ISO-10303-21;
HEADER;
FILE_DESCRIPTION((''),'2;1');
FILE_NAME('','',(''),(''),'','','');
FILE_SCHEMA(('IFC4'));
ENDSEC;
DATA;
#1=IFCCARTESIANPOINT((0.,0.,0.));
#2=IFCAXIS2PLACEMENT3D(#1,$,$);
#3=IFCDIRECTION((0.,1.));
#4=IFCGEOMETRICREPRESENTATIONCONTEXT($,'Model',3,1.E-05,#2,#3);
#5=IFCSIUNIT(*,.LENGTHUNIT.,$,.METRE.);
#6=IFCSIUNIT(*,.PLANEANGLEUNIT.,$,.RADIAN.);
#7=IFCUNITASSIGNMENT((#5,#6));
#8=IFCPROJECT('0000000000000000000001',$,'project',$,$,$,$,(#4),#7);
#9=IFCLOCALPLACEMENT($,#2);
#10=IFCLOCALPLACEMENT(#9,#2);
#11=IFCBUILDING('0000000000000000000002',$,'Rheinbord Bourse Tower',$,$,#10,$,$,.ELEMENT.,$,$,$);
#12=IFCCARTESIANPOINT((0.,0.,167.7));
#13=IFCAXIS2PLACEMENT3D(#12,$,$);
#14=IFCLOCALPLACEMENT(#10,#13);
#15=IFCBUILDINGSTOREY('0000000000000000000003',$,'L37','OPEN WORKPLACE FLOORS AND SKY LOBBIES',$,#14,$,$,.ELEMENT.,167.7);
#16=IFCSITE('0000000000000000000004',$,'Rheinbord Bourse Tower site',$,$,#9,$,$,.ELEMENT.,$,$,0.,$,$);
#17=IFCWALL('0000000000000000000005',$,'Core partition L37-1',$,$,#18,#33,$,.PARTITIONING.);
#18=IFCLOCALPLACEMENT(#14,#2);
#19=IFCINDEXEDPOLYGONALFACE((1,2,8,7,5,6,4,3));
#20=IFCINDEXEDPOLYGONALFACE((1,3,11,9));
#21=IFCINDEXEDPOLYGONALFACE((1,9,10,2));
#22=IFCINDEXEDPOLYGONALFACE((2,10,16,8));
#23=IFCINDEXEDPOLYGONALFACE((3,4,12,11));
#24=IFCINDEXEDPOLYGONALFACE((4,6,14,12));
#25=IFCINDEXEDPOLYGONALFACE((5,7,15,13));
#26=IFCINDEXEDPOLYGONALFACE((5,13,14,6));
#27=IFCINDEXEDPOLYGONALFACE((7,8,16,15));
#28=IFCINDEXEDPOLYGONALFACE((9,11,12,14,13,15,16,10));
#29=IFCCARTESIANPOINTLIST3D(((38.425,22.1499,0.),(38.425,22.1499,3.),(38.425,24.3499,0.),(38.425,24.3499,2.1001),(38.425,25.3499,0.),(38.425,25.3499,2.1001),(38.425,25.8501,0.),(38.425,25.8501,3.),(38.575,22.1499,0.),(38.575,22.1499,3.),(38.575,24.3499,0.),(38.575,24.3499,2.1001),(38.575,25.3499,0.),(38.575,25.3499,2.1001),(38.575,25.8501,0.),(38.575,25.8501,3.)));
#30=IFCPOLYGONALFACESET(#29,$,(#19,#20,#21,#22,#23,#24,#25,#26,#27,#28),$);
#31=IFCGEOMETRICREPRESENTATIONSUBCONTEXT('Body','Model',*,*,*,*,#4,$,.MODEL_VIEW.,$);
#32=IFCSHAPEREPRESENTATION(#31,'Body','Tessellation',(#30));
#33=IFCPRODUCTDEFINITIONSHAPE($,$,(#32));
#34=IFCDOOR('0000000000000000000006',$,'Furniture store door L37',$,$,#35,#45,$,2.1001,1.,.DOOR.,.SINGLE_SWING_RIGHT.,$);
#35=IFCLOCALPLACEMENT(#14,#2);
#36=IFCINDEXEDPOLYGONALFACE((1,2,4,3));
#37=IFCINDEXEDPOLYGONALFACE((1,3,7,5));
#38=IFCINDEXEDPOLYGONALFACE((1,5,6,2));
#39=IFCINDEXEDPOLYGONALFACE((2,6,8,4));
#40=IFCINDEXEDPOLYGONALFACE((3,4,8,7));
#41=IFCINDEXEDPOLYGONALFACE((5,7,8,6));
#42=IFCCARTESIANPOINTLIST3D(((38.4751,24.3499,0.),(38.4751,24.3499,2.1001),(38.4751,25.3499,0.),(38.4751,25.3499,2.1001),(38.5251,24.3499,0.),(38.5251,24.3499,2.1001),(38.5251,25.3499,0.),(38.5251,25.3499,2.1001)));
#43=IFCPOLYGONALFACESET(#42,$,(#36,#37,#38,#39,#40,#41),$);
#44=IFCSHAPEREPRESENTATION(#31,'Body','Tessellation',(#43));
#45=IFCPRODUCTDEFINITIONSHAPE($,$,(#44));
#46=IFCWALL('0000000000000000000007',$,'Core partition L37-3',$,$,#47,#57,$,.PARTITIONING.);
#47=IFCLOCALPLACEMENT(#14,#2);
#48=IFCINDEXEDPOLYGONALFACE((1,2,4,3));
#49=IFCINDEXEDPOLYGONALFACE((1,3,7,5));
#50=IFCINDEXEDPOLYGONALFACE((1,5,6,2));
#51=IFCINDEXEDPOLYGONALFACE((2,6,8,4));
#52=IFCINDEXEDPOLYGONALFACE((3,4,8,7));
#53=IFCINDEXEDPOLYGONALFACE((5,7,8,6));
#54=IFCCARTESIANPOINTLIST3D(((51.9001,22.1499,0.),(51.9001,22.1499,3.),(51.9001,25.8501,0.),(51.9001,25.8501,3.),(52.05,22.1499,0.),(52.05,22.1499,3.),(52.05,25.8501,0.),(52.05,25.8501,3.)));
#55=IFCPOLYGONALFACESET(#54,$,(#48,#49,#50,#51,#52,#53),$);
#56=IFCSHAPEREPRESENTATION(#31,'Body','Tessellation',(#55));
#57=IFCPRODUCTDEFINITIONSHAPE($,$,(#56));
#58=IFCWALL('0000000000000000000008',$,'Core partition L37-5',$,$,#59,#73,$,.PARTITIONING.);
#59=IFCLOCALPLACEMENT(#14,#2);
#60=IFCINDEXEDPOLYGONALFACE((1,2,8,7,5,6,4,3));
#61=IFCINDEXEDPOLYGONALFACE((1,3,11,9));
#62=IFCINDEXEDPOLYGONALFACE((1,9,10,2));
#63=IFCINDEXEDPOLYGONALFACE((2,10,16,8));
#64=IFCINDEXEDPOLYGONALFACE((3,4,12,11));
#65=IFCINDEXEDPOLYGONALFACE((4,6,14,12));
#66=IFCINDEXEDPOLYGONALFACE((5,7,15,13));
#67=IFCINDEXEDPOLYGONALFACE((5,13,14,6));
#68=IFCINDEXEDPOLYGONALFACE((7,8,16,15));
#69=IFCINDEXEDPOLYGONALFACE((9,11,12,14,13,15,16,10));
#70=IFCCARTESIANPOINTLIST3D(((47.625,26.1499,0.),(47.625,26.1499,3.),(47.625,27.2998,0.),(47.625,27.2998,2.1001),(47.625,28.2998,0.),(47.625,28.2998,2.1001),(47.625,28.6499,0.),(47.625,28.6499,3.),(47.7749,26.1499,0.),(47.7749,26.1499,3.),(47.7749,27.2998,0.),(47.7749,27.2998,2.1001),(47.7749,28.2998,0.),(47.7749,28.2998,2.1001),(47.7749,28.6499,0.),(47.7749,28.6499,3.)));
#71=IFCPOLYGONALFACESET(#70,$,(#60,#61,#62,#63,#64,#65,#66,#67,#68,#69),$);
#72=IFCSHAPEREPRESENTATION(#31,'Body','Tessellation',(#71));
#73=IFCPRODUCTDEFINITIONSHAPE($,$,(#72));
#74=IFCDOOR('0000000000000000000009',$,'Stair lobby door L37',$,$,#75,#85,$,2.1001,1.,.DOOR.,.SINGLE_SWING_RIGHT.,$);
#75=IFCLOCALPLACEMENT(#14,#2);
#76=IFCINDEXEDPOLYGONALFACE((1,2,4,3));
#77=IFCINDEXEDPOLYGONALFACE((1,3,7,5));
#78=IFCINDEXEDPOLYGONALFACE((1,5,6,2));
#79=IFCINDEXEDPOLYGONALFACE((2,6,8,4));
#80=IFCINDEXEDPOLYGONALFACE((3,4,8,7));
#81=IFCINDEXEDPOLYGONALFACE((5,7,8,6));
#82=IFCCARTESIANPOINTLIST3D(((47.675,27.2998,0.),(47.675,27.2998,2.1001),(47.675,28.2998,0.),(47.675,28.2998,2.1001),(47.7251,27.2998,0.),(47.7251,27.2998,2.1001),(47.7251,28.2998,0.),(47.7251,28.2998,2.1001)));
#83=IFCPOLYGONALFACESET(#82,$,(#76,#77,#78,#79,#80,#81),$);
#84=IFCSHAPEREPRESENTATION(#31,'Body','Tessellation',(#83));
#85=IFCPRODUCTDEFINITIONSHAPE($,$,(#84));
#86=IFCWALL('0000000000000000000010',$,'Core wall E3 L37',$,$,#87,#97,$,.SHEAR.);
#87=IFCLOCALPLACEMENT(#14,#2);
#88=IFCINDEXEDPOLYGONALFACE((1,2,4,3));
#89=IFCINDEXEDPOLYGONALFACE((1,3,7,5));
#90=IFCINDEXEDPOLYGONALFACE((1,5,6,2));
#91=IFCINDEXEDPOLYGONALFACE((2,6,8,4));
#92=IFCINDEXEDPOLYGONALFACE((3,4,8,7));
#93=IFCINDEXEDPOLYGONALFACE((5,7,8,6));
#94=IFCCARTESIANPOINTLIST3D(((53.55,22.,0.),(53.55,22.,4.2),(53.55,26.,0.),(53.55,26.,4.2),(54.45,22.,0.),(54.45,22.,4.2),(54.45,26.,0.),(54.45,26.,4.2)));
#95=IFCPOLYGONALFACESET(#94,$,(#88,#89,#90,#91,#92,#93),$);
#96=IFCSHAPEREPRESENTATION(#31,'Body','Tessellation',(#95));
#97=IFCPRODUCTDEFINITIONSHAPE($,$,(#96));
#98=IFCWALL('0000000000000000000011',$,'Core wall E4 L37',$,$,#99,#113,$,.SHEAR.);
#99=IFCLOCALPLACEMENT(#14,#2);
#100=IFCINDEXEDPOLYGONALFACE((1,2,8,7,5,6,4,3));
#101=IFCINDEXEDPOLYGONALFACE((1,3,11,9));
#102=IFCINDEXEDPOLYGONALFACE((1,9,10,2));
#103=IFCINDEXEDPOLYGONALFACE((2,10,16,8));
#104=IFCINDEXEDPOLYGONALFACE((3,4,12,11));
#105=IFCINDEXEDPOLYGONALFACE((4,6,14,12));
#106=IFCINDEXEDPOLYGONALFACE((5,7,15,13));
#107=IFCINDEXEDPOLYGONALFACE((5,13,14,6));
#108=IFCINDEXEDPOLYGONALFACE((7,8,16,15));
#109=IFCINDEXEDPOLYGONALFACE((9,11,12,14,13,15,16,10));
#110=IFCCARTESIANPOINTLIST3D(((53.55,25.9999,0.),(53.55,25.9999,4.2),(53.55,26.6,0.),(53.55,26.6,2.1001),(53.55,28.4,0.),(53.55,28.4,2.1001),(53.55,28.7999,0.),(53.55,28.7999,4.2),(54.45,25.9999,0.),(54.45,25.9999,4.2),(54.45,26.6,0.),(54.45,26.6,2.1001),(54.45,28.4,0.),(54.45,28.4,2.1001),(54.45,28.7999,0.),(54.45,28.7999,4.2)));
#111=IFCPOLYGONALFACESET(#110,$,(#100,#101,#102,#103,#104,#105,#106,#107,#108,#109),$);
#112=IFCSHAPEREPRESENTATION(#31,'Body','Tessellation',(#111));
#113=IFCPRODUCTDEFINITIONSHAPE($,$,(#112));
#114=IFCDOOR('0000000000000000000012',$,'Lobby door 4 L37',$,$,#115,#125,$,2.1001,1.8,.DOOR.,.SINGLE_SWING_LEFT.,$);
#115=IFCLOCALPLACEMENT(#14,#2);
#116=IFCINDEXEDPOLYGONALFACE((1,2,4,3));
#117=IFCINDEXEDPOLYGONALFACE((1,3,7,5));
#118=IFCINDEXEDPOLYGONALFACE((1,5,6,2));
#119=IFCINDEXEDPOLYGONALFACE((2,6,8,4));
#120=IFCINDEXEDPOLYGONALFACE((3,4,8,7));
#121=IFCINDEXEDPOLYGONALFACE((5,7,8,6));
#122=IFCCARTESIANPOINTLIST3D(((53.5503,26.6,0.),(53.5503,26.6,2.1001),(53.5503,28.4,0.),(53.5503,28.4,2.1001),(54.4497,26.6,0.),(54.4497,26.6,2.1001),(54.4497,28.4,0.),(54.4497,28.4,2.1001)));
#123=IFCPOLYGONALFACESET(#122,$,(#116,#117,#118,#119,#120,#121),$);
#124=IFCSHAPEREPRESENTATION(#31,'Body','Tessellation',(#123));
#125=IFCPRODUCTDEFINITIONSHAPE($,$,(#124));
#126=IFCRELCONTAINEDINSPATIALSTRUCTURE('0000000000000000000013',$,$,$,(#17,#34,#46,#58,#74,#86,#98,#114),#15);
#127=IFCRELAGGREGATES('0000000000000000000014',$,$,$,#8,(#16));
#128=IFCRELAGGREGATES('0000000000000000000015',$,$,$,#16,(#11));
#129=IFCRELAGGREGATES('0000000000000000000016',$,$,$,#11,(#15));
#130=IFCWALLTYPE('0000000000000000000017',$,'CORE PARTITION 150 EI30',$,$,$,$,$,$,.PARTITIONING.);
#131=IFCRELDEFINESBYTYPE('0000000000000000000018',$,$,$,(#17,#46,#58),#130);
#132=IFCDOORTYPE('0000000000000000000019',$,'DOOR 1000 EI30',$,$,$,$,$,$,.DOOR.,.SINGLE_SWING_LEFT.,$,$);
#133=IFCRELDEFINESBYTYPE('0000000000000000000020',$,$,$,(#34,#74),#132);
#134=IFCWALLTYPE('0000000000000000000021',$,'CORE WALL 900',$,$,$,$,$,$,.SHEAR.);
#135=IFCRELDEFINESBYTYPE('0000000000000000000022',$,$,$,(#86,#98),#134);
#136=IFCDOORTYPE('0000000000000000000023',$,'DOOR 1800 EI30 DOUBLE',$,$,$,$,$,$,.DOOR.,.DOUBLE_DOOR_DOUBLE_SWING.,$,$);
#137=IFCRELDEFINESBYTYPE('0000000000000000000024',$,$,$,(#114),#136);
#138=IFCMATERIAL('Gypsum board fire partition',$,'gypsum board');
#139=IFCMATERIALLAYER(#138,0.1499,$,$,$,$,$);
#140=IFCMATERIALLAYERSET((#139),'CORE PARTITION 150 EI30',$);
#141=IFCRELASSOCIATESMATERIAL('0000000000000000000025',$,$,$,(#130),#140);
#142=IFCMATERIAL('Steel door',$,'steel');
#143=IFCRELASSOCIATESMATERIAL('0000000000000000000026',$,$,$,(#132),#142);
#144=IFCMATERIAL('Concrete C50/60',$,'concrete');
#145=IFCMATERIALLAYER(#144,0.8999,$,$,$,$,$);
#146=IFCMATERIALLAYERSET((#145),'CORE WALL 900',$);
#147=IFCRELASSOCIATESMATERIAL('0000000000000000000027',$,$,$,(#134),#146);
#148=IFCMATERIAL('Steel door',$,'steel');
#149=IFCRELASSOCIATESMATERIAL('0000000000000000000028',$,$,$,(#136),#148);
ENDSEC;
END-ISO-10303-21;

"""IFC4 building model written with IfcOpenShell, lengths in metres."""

from ifc_helpers import new_model, si_unit, direction, frame, frame_2d, origin, place, context, subcontext, project, spatial, rectangle, extrude, material, layer, layer_set, type_object, element, fill, save


model = new_model("IFC4")

# Units and contexts
model_context = context("Model", 3, precision=1e-05, world=origin(), true_north=direction((0.0, 1.0)))
body_context = subcontext(model_context, "Body", "Model", "MODEL_VIEW")
ifc_project = project(units=[si_unit("LENGTHUNIT", "METRE"), si_unit("PLANEANGLEUNIT", "RADIAN")], contexts=[model_context])

# Site, building, storey
site_placement = place(None, origin())
site = spatial("IfcSite", under=ifc_project, at=site_placement, Name="Rheinbord Bourse Tower site", CompositionType="ELEMENT", RefElevation=0.0)
building_placement = place(site_placement, origin())
building = spatial("IfcBuilding", under=site, at=building_placement, Name="Rheinbord Bourse Tower", CompositionType="ELEMENT")
storey_placement = place(building_placement, frame((0.0, 0.0, 167.7)))
storey = spatial("IfcBuildingStorey", under=building, at=storey_placement, Name="L37", Description="OPEN WORKPLACE FLOORS AND SKY LOBBIES", CompositionType="ELEMENT", Elevation=167.7)

# Wall, opening, door
ifc_material_1 = material(Name="Gypsum board fire partition", Category="gypsum board")
ifc_layer_1 = layer(ifc_material_1, 0.1499)
ifc_layer_set_1 = layer_set([ifc_layer_1], Name="CORE PARTITION 150 EI30")
wall_type_1 = type_object("IfcWallType", Name="CORE PARTITION 150 EI30", PredefinedType="PARTITIONING", material=ifc_layer_set_1)
wall_1_placement = place(storey_placement, frame((38.5, 22.1499, 0.0), z_axis=(0.0, 0.0, 1.0), x_axis=(0.0, 1.0, 0.0)))
wall_1 = element("IfcWall", 1, at=wall_1_placement, inside=storey, type_object=wall_type_1, Name="Core partition L37-1", PredefinedType="PARTITIONING", context=body_context, shape_type="SweptSolid", body=[
    extrude(rectangle(XDim=3.7002, YDim=0.1499, at=frame_2d((1.8501, 0.0))), origin(), (0.0, 0.0, 1.0), 3.0),
])
opening_1_placement = place(wall_1_placement, frame((2.2, 0.0, 0.0)))
opening_1 = element("IfcOpeningElement", 2, at=opening_1_placement, cuts=wall_1, PredefinedType="OPENING", context=body_context, shape_type="SweptSolid", body=[
    extrude(rectangle(XDim=1.0, YDim=2.1001, at=frame_2d((0.5, 1.05))), frame((0.0, 0.085, 0.0), z_axis=(0.0, -1.0, 0.0), x_axis=(1.0, 0.0, 0.0)), (0.0, 0.0, 1.0), 0.1699),
])
ifc_material_2 = material(Name="Steel door", Category="steel")
door_type_1 = type_object("IfcDoorType", Name="DOOR 1000 EI30", OperationType="SINGLE_SWING_LEFT", PredefinedType="DOOR", material=ifc_material_2)
door_1_placement = place(opening_1_placement, origin())
door_1 = element("IfcDoor", 3, at=door_1_placement, inside=storey, type_object=door_type_1, Name="Furniture store door L37", OperationType="SINGLE_SWING_RIGHT", OverallHeight=2.1001, OverallWidth=1.0, PredefinedType="DOOR", context=body_context, shape_type="SweptSolid", body=[
    extrude(rectangle(XDim=1.0, YDim=2.1001, at=frame_2d((0.5, 1.05))), frame((0.0, 0.0249, 0.0), z_axis=(0.0, -1.0, 0.0), x_axis=(1.0, 0.0, 0.0)), (0.0, 0.0, 1.0), 0.05),
])
fill(opening_1, door_1)

# Wall
wall_2_placement = place(storey_placement, frame((51.9751, 22.1499, 0.0), z_axis=(0.0, 0.0, 1.0), x_axis=(0.0, 1.0, 0.0)))
element("IfcWall", 4, at=wall_2_placement, inside=storey, type_object=wall_type_1, Name="Core partition L37-3", PredefinedType="PARTITIONING", context=body_context, shape_type="SweptSolid", body=[
    extrude(rectangle(XDim=3.7002, YDim=0.1499, at=frame_2d((1.8501, 0.0))), origin(), (0.0, 0.0, 1.0), 3.0),
])

# Wall, opening, door
wall_3_placement = place(storey_placement, frame((47.7, 26.1499, 0.0), z_axis=(0.0, 0.0, 1.0), x_axis=(0.0, 1.0, 0.0)))
wall_3 = element("IfcWall", 5, at=wall_3_placement, inside=storey, type_object=wall_type_1, Name="Core partition L37-5", PredefinedType="PARTITIONING", context=body_context, shape_type="SweptSolid", body=[
    extrude(rectangle(XDim=2.5, YDim=0.1499, at=frame_2d((1.25, 0.0))), origin(), (0.0, 0.0, 1.0), 3.0),
])
opening_2_placement = place(wall_3_placement, frame((1.1499, 0.0, 0.0)))
opening_2 = element("IfcOpeningElement", 6, at=opening_2_placement, cuts=wall_3, PredefinedType="OPENING", context=body_context, shape_type="SweptSolid", body=[
    extrude(rectangle(XDim=1.0, YDim=2.1001, at=frame_2d((0.5, 1.05))), frame((0.0, 0.085, 0.0), z_axis=(0.0, -1.0, 0.0), x_axis=(1.0, 0.0, 0.0)), (0.0, 0.0, 1.0), 0.1699),
])
door_2_placement = place(opening_2_placement, origin())
door_2 = element("IfcDoor", 7, at=door_2_placement, inside=storey, type_object=door_type_1, Name="Stair lobby door L37", OperationType="SINGLE_SWING_RIGHT", OverallHeight=2.1001, OverallWidth=1.0, PredefinedType="DOOR", context=body_context, shape_type="SweptSolid", body=[
    extrude(rectangle(XDim=1.0, YDim=2.1001, at=frame_2d((0.5, 1.05))), frame((0.0, 0.0249, 0.0), z_axis=(0.0, -1.0, 0.0), x_axis=(1.0, 0.0, 0.0)), (0.0, 0.0, 1.0), 0.05),
])
fill(opening_2, door_2)

# Wall
ifc_material_3 = material(Name="Concrete C50/60", Category="concrete")
ifc_layer_2 = layer(ifc_material_3, 0.8999)
ifc_layer_set_2 = layer_set([ifc_layer_2], Name="CORE WALL 900")
wall_type_2 = type_object("IfcWallType", Name="CORE WALL 900", PredefinedType="SHEAR", material=ifc_layer_set_2)
wall_4_placement = place(storey_placement, frame((54.0, 22.0, 0.0), z_axis=(0.0, 0.0, 1.0), x_axis=(0.0, 1.0, 0.0)))
element("IfcWall", 8, at=wall_4_placement, inside=storey, type_object=wall_type_2, Name="Core wall E3 L37", PredefinedType="SHEAR", context=body_context, shape_type="SweptSolid", body=[
    extrude(rectangle(XDim=4.0, YDim=0.8999, at=frame_2d((2.0, 0.0))), origin(), (0.0, 0.0, 1.0), 4.2),
])

# Wall, opening, door
wall_5_placement = place(storey_placement, frame((54.0, 26.0, 0.0), z_axis=(0.0, 0.0, 1.0), x_axis=(0.0, 1.0, 0.0)))
wall_5 = element("IfcWall", 9, at=wall_5_placement, inside=storey, type_object=wall_type_2, Name="Core wall E4 L37", PredefinedType="SHEAR", context=body_context, shape_type="SweptSolid", body=[
    extrude(rectangle(XDim=2.8, YDim=0.8999, at=frame_2d((1.3999, 0.0))), origin(), (0.0, 0.0, 1.0), 4.2),
])
opening_3_placement = place(wall_5_placement, frame((0.6001, 0.0, 0.0)))
opening_3 = element("IfcOpeningElement", 10, at=opening_3_placement, cuts=wall_5, PredefinedType="OPENING", context=body_context, shape_type="SweptSolid", body=[
    extrude(rectangle(XDim=1.8, YDim=2.1001, at=frame_2d((0.8999, 1.05))), frame((0.0, 0.46, 0.0), z_axis=(0.0, -1.0, 0.0), x_axis=(1.0, 0.0, 0.0)), (0.0, 0.0, 1.0), 0.9199),
])
ifc_material_4 = material(Name="Steel door", Category="steel")
door_type_2 = type_object("IfcDoorType", Name="DOOR 1800 EI30 DOUBLE", OperationType="DOUBLE_DOOR_DOUBLE_SWING", PredefinedType="DOOR", material=ifc_material_4)
door_3_placement = place(opening_3_placement, origin())
door_3 = element("IfcDoor", 11, at=door_3_placement, inside=storey, type_object=door_type_2, Name="Lobby door 4 L37", OperationType="SINGLE_SWING_LEFT", OverallHeight=2.1001, OverallWidth=1.8, PredefinedType="DOOR", context=body_context, shape_type="SweptSolid", body=[
    extrude(rectangle(XDim=1.8, YDim=2.1001, at=frame_2d((0.8999, 1.05))), frame((0.0, 0.4497, 0.0), z_axis=(0.0, -1.0, 0.0), x_axis=(1.0, 0.0, 0.0)), (0.0, 0.0, 1.0), 0.8994),
])
fill(opening_3, door_3)

save(model, "model.ifc")
